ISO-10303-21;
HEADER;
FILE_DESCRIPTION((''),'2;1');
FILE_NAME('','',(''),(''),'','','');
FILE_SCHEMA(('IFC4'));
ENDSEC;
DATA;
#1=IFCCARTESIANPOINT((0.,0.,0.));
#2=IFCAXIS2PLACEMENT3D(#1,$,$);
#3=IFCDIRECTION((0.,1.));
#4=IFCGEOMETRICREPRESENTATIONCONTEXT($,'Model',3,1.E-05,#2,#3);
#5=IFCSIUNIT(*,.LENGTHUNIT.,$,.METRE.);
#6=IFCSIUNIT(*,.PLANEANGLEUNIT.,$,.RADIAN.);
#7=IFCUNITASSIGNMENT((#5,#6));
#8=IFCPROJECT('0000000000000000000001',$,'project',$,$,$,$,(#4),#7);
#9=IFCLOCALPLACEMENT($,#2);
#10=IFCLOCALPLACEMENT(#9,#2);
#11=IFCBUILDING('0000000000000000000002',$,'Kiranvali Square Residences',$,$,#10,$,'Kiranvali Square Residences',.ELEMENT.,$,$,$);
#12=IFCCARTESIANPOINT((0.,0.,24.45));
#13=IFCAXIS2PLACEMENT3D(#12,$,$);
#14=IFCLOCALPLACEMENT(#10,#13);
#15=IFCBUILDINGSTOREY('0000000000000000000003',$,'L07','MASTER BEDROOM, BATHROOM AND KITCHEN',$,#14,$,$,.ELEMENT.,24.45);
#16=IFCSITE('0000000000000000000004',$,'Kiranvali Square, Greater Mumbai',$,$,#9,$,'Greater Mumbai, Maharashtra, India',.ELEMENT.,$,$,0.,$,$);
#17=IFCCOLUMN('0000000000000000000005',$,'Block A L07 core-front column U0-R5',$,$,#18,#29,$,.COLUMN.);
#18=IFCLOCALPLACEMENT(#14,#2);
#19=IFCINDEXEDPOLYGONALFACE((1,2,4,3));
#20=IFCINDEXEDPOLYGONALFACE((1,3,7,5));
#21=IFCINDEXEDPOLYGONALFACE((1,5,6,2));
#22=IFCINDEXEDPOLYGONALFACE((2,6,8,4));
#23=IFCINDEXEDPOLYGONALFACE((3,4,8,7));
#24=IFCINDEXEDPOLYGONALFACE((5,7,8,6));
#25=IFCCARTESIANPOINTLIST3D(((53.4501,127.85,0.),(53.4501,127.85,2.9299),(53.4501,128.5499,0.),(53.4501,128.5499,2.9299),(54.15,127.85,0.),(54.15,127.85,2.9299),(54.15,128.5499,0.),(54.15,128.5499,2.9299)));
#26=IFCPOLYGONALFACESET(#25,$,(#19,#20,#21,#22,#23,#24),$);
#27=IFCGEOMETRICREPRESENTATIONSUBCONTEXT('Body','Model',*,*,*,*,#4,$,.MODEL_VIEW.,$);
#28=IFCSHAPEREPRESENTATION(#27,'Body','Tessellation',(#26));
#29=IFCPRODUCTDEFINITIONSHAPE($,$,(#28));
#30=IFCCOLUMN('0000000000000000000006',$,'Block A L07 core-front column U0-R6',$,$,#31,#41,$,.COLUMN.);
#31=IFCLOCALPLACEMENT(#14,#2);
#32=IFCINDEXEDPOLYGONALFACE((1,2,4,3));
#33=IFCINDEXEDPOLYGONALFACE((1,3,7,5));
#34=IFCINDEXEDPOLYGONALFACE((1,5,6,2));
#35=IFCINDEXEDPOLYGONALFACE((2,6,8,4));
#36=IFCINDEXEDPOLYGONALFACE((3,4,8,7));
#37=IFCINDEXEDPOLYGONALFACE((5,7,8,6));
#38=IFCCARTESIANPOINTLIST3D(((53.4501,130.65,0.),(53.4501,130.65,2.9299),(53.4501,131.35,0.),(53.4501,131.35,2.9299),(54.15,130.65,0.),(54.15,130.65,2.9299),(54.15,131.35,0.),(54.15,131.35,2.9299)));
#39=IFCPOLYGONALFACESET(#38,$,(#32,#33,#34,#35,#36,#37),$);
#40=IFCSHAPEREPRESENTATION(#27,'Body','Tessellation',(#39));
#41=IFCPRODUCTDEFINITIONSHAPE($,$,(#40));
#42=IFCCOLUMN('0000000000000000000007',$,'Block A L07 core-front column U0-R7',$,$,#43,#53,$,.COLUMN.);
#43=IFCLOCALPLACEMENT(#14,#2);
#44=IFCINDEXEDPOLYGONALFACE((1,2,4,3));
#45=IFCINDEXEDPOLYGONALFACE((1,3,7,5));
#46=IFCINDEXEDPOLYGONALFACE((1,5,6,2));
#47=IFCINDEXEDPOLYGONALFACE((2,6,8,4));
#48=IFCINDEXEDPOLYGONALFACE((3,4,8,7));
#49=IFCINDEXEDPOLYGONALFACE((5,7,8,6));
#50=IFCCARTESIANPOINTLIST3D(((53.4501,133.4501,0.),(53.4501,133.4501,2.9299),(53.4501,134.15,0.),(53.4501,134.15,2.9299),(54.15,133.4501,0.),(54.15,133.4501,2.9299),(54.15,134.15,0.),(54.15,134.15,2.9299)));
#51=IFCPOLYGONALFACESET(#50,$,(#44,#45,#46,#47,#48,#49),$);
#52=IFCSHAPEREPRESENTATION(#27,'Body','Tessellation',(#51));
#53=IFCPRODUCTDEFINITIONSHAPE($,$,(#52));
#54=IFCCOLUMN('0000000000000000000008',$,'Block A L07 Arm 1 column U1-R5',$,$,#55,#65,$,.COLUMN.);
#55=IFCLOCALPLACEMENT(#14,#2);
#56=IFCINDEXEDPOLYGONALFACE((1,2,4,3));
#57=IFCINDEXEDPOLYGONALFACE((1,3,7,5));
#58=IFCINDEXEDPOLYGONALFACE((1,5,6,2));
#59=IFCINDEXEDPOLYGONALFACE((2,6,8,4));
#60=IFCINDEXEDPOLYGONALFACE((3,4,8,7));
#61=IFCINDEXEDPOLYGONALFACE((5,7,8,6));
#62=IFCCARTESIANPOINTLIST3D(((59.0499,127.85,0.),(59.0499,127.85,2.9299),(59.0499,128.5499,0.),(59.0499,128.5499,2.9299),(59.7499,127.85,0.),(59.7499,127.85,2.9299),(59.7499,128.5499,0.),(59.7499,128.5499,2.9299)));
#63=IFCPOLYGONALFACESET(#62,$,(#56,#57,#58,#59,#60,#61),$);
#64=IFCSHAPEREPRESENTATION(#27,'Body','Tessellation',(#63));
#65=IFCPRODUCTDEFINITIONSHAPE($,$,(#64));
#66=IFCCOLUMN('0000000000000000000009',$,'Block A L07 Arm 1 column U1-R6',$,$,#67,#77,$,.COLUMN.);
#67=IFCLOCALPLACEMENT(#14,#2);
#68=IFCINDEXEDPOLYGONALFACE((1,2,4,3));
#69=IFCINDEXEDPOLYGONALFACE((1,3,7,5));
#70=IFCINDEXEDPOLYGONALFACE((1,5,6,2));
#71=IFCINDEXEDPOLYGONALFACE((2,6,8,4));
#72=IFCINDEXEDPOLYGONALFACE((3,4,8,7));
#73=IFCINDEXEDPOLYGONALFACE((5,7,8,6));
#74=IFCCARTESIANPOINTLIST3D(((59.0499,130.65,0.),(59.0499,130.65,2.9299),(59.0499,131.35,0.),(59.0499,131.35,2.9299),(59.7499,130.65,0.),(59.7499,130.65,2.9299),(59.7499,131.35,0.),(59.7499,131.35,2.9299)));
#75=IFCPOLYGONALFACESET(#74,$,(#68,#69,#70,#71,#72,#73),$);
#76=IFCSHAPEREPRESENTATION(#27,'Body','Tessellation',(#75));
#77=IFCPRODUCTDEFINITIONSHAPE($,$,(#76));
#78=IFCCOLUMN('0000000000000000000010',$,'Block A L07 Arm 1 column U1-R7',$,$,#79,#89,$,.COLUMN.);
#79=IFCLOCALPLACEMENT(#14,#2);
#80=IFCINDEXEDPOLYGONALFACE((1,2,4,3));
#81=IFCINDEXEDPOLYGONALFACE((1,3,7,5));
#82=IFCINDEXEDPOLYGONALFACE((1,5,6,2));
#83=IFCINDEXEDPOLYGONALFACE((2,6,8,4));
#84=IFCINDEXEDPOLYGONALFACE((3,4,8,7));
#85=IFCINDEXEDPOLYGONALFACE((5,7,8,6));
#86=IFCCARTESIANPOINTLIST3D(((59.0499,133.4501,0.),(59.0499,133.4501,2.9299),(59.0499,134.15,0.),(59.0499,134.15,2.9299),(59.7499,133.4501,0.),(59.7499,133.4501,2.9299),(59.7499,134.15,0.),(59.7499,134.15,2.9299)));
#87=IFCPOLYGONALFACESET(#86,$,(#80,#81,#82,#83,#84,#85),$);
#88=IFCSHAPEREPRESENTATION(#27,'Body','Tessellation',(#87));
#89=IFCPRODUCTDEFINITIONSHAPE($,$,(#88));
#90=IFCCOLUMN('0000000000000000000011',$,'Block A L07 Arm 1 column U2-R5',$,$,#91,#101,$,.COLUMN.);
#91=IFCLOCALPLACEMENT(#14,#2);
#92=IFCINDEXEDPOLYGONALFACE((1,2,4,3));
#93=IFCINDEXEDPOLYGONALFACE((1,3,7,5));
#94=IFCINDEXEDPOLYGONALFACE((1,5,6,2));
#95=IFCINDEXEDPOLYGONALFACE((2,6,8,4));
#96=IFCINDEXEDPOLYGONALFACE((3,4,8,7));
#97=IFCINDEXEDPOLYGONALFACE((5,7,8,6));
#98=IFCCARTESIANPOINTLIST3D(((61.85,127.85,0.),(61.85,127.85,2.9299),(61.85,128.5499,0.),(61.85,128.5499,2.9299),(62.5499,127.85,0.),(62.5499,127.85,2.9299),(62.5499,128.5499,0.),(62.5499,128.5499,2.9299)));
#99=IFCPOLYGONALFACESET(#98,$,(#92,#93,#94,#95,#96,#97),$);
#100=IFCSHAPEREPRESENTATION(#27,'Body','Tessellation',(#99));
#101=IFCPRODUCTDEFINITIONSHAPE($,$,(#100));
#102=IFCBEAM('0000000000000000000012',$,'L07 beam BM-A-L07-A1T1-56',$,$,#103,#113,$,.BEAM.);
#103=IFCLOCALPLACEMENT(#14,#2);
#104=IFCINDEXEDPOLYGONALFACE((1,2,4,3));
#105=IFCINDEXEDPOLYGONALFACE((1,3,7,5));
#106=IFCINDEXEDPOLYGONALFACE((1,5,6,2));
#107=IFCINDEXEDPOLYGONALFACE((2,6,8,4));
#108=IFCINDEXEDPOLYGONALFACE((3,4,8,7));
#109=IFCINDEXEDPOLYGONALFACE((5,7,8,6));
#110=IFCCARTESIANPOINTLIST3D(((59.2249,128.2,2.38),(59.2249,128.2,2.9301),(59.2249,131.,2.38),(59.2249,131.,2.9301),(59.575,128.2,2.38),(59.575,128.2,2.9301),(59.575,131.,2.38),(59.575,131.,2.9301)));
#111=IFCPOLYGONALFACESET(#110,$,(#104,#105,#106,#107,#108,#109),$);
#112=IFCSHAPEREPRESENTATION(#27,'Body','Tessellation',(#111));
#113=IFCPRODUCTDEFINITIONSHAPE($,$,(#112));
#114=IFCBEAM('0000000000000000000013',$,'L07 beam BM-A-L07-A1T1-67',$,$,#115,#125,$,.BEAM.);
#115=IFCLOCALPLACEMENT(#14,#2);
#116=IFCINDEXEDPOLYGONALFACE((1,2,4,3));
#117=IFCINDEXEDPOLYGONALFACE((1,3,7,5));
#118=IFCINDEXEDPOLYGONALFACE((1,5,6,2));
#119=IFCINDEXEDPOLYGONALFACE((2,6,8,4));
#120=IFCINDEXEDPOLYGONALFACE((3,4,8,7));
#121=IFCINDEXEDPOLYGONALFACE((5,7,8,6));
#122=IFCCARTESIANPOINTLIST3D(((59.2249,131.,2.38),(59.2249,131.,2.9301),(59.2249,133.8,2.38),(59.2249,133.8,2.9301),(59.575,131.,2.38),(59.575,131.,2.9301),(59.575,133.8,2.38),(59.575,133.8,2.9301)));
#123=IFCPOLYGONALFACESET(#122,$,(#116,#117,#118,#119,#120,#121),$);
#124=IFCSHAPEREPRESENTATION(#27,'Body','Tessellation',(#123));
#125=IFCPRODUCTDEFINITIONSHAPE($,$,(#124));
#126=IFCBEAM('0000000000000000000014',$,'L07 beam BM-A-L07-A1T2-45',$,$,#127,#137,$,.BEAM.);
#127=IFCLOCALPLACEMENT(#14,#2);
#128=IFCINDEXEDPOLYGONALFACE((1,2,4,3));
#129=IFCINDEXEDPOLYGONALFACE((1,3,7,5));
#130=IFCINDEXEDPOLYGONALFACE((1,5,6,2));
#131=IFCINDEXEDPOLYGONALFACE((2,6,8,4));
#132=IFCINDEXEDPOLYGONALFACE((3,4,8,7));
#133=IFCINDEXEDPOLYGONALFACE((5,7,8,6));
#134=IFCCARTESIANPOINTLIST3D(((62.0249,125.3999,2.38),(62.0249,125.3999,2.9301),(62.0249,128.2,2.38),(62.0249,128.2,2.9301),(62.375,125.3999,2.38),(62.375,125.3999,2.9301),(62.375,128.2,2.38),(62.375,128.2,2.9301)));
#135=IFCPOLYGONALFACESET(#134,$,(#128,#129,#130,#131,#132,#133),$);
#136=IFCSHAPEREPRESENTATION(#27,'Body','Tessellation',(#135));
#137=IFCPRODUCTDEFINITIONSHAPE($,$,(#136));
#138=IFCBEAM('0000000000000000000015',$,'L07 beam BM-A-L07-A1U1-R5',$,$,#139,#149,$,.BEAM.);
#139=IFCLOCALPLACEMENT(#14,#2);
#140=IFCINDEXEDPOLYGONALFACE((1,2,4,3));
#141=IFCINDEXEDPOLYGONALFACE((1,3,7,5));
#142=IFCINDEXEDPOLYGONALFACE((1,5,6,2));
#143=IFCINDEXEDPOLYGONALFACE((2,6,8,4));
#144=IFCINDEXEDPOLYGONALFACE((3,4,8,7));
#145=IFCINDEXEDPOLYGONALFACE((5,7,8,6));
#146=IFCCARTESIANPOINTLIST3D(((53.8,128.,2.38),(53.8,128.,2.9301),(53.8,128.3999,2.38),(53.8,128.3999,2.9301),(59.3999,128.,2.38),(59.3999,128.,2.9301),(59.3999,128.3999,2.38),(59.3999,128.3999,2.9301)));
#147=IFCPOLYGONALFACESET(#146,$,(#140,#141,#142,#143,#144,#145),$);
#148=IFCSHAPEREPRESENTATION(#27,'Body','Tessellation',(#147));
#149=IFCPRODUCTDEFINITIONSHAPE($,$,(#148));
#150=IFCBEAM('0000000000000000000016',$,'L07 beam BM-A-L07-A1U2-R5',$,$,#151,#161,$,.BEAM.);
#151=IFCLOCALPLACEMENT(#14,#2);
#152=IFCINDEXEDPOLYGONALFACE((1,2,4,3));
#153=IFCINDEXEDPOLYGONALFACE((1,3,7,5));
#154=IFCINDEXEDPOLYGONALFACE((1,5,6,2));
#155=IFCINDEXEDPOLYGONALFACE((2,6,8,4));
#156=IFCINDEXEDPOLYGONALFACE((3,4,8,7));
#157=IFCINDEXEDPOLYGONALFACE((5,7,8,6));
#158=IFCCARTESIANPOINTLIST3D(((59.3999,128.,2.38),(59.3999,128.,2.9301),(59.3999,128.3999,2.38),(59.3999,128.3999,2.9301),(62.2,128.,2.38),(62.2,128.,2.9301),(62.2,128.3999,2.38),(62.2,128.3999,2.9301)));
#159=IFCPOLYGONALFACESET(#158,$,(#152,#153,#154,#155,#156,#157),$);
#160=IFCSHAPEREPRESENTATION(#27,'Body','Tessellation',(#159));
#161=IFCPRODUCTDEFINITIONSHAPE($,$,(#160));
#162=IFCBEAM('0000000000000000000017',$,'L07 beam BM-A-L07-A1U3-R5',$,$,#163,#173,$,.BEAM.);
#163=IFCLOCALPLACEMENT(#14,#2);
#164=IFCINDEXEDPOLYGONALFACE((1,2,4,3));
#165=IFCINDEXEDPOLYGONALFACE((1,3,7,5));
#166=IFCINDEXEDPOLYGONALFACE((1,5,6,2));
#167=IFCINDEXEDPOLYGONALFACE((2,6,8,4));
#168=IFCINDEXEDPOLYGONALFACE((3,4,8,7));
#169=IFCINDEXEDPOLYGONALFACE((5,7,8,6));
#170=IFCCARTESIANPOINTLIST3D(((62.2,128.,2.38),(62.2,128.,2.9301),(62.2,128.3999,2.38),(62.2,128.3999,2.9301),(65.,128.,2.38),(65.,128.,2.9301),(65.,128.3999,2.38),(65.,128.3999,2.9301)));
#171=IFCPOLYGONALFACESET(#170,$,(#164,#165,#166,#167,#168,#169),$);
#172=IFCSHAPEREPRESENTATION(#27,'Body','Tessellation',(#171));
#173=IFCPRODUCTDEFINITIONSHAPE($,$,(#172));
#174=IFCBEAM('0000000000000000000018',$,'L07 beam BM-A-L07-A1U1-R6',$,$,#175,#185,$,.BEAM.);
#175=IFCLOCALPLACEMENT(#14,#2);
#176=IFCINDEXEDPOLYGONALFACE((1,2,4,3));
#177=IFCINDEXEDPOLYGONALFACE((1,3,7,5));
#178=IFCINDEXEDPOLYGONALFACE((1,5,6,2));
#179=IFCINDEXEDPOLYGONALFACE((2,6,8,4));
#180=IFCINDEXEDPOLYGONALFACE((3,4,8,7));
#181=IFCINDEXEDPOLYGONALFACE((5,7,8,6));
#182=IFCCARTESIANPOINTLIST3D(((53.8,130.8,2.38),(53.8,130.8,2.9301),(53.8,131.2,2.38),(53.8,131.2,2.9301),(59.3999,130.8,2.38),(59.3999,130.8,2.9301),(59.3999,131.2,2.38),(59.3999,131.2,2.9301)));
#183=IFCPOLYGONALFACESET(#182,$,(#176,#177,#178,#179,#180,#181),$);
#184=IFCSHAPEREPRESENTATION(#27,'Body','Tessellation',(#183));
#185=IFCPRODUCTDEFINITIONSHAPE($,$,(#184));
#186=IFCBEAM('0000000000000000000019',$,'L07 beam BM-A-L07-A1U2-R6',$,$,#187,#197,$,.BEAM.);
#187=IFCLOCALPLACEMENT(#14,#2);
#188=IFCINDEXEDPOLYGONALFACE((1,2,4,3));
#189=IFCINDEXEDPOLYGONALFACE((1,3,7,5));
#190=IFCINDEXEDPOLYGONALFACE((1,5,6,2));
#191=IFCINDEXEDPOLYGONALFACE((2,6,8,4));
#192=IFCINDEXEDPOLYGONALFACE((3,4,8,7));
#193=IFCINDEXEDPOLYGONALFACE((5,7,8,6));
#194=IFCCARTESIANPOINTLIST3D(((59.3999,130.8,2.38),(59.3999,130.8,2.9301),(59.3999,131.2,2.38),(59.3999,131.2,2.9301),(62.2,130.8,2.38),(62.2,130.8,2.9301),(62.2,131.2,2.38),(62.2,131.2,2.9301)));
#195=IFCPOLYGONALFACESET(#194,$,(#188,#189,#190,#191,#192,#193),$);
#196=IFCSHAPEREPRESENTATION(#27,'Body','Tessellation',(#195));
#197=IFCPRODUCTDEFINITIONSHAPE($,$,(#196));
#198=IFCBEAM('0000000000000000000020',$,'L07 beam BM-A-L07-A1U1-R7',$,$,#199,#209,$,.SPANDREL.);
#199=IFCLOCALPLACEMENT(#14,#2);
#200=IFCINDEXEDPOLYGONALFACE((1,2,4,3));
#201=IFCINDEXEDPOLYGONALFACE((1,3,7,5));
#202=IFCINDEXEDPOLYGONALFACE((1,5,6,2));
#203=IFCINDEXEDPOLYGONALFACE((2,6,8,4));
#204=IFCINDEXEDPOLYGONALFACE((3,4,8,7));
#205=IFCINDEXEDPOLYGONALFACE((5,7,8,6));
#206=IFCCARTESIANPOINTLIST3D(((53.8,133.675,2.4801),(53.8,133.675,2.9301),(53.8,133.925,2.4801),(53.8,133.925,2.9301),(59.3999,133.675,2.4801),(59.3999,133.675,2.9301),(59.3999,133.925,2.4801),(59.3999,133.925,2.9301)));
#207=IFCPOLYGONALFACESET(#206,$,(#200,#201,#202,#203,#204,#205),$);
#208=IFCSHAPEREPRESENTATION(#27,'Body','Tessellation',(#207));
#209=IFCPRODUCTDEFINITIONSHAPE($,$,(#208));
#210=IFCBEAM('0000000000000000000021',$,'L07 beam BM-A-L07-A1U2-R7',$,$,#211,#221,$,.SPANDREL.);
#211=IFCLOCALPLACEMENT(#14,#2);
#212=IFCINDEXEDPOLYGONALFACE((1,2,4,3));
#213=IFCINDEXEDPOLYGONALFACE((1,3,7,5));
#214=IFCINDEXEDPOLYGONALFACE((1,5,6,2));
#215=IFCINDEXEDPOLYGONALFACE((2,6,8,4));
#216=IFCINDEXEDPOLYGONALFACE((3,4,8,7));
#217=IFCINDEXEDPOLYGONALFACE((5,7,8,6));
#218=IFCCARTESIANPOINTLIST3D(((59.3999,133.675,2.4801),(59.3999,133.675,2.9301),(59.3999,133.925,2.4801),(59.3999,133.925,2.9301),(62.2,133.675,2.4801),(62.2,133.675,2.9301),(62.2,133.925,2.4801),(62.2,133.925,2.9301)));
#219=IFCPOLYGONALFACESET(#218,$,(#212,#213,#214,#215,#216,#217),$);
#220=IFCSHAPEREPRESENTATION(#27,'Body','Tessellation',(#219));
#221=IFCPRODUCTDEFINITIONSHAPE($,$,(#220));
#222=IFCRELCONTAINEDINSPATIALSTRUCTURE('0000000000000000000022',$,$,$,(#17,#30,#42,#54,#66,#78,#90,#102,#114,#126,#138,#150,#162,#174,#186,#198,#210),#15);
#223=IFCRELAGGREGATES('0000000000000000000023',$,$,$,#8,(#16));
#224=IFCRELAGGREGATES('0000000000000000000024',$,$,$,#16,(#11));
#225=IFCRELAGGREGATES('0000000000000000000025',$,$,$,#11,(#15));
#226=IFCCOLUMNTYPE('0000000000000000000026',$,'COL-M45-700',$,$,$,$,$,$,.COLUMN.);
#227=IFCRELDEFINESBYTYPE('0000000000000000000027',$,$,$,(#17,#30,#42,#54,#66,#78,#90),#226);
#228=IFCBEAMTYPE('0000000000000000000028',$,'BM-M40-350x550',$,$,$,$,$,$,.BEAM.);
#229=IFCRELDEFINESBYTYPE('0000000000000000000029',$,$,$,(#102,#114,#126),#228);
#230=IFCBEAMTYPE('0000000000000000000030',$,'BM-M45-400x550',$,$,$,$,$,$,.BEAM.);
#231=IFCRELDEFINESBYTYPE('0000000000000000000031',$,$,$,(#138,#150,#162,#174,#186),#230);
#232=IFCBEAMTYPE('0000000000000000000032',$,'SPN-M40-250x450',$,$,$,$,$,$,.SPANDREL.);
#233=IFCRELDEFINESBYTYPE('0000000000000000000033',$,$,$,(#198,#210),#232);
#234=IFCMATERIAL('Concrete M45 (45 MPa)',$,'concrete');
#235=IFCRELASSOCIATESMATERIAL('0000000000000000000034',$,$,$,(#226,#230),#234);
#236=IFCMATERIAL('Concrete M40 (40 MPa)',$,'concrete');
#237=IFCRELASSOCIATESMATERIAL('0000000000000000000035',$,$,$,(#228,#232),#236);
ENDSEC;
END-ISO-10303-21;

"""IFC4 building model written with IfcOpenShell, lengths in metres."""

from ifc_helpers import new_model, si_unit, direction, frame, origin, origin_2d, place, context, subcontext, project, spatial, rectangle, extrude, material, material_profile, profile_set, type_object, element, save


model = new_model("IFC4")

# Units and contexts
model_context = context("Model", 3, precision=1e-05, world=origin(), true_north=direction((0.0, 1.0)))
body_context = subcontext(model_context, "Body", "Model", "MODEL_VIEW")
ifc_project = project(units=[si_unit("LENGTHUNIT", "METRE"), si_unit("PLANEANGLEUNIT", "RADIAN")], contexts=[model_context])

# Site, building, storey
site_placement = place(None, origin())
site = spatial("IfcSite", under=ifc_project, at=site_placement, Name="Kiranvali Square, Greater Mumbai", LongName="Greater Mumbai, Maharashtra, India", CompositionType="ELEMENT", RefElevation=0.0)
building_placement = place(site_placement, origin())
building = spatial("IfcBuilding", under=site, at=building_placement, Name="Kiranvali Square Residences", LongName="Kiranvali Square Residences", CompositionType="ELEMENT")
storey_placement = place(building_placement, frame((0.0, 0.0, 24.45)))
storey = spatial("IfcBuildingStorey", under=building, at=storey_placement, Name="L07", Description="MASTER BEDROOM, BATHROOM AND KITCHEN", CompositionType="ELEMENT", Elevation=24.45)

# Columns
ifc_material_1 = material(Name="Concrete M45 (45 MPa)", Category="concrete")
ifc_material_profile_1 = material_profile(ifc_material_1, rectangle(XDim=0.7, YDim=0.7, at=origin_2d()), Name="RC 700x700")
ifc_profile_set_1 = profile_set([ifc_material_profile_1], Name="Concrete M45 (45 MPa)")
column_type = type_object("IfcColumnType", Name="COL-M45-700", PredefinedType="COLUMN", material=ifc_profile_set_1)
for number, where, z_axis, x_axis, name in (
    (1, (53.8, 128.2, 0.0), (0.0, 0.0, 1.0), (1.0, 0.0, 0.0), "Block A L07 core-front column U0-R5"),
    (2, (53.8, 131.0, 0.0), (0.0, 0.0, 1.0), (1.0, 0.0, 0.0), "Block A L07 core-front column U0-R6"),
    (3, (53.8, 133.8, 0.0), (0.0, 0.0, 1.0), (1.0, 0.0, 0.0), "Block A L07 core-front column U0-R7"),
    (4, (59.3999, 128.2, 0.0), (0.0, 0.0, 1.0), (1.0, 0.0, 0.0), "Block A L07 Arm 1 column U1-R5"),
    (5, (59.3999, 131.0, 0.0), (0.0, 0.0, 1.0), (1.0, 0.0, 0.0), "Block A L07 Arm 1 column U1-R6"),
    (6, (59.3999, 133.8, 0.0), (0.0, 0.0, 1.0), (1.0, 0.0, 0.0), "Block A L07 Arm 1 column U1-R7"),
    (7, (62.2, 128.2, 0.0), (0.0, 0.0, 1.0), (1.0, 0.0, 0.0), "Block A L07 Arm 1 column U2-R5"),
):
    element("IfcColumn", number, at=place(storey_placement, frame(where, z_axis=z_axis, x_axis=x_axis)), inside=storey, type_object=column_type, Name=name, PredefinedType="COLUMN", context=body_context, shape_type="SweptSolid", body=[
        extrude(rectangle(XDim=0.7, YDim=0.7, at=origin_2d()), origin(), (0.0, 0.0, 1.0), 2.9299),
    ])

# Beams
ifc_material_2 = material(Name="Concrete M40 (40 MPa)", Category="concrete")
ifc_material_profile_2 = material_profile(ifc_material_2, rectangle(XDim=0.3501, YDim=0.55, at=origin_2d()), Name="RC 350x550")
ifc_profile_set_2 = profile_set([ifc_material_profile_2], Name="Concrete M40 (40 MPa)")
beam_type_1 = type_object("IfcBeamType", Name="BM-M40-350x550", PredefinedType="BEAM", material=ifc_profile_set_2)
for number, where, z_axis, x_axis, name in (
    (8, (59.3999, 128.2, 2.655), (0.0, 1.0, 0.0), (-1.0, 0.0, 0.0), "L07 beam BM-A-L07-A1T1-56"),
    (9, (59.3999, 131.0, 2.655), (0.0, 1.0, 0.0), (-1.0, 0.0, 0.0), "L07 beam BM-A-L07-A1T1-67"),
    (10, (62.2, 125.3999, 2.655), (0.0, 1.0, 0.0), (-1.0, 0.0, 0.0), "L07 beam BM-A-L07-A1T2-45"),
):
    element("IfcBeam", number, at=place(storey_placement, frame(where, z_axis=z_axis, x_axis=x_axis)), inside=storey, type_object=beam_type_1, Name=name, PredefinedType="BEAM", context=body_context, shape_type="SweptSolid", body=[
        extrude(rectangle(XDim=0.3501, YDim=0.55, at=origin_2d()), origin(), (0.0, 0.0, 1.0), 2.8),
    ])
ifc_material_profile_3 = material_profile(ifc_material_1, rectangle(XDim=0.3999, YDim=0.55, at=origin_2d()), Name="RC 400x550")
ifc_profile_set_3 = profile_set([ifc_material_profile_3], Name="Concrete M45 (45 MPa)")
beam_type_2 = type_object("IfcBeamType", Name="BM-M45-400x550", PredefinedType="BEAM", material=ifc_profile_set_3)
beam_1_placement = place(storey_placement, frame((53.8, 128.2, 2.655), z_axis=(1.0, 0.0, 0.0), x_axis=(0.0, 1.0, 0.0)))
element("IfcBeam", 11, at=beam_1_placement, inside=storey, type_object=beam_type_2, Name="L07 beam BM-A-L07-A1U1-R5", PredefinedType="BEAM", context=body_context, shape_type="SweptSolid", body=[
    extrude(rectangle(XDim=0.3999, YDim=0.55, at=origin_2d()), origin(), (0.0, 0.0, 1.0), 5.5999),
])
for number, where, z_axis, x_axis, name in (
    (12, (59.3999, 128.2, 2.655), (1.0, 0.0, 0.0), (0.0, 1.0, 0.0), "L07 beam BM-A-L07-A1U2-R5"),
    (13, (62.2, 128.2, 2.655), (1.0, 0.0, 0.0), (0.0, 1.0, 0.0), "L07 beam BM-A-L07-A1U3-R5"),
):
    element("IfcBeam", number, at=place(storey_placement, frame(where, z_axis=z_axis, x_axis=x_axis)), inside=storey, type_object=beam_type_2, Name=name, PredefinedType="BEAM", context=body_context, shape_type="SweptSolid", body=[
        extrude(rectangle(XDim=0.3999, YDim=0.55, at=origin_2d()), origin(), (0.0, 0.0, 1.0), 2.8),
    ])
beam_2_placement = place(storey_placement, frame((53.8, 131.0, 2.655), z_axis=(1.0, 0.0, 0.0), x_axis=(0.0, 1.0, 0.0)))
element("IfcBeam", 14, at=beam_2_placement, inside=storey, type_object=beam_type_2, Name="L07 beam BM-A-L07-A1U1-R6", PredefinedType="BEAM", context=body_context, shape_type="SweptSolid", body=[
    extrude(rectangle(XDim=0.3999, YDim=0.55, at=origin_2d()), origin(), (0.0, 0.0, 1.0), 5.5999),
])
beam_3_placement = place(storey_placement, frame((59.3999, 131.0, 2.655), z_axis=(1.0, 0.0, 0.0), x_axis=(0.0, 1.0, 0.0)))
element("IfcBeam", 15, at=beam_3_placement, inside=storey, type_object=beam_type_2, Name="L07 beam BM-A-L07-A1U2-R6", PredefinedType="BEAM", context=body_context, shape_type="SweptSolid", body=[
    extrude(rectangle(XDim=0.3999, YDim=0.55, at=origin_2d()), origin(), (0.0, 0.0, 1.0), 2.8),
])
ifc_material_profile_4 = material_profile(ifc_material_2, rectangle(XDim=0.25, YDim=0.45, at=origin_2d()), Name="RC 250x450")
ifc_profile_set_4 = profile_set([ifc_material_profile_4], Name="Concrete M40 (40 MPa)")
beam_type_3 = type_object("IfcBeamType", Name="SPN-M40-250x450", PredefinedType="SPANDREL", material=ifc_profile_set_4)
beam_4_placement = place(storey_placement, frame((53.8, 133.8, 2.7051), z_axis=(1.0, 0.0, 0.0), x_axis=(0.0, 1.0, 0.0)))
element("IfcBeam", 16, at=beam_4_placement, inside=storey, type_object=beam_type_3, Name="L07 beam BM-A-L07-A1U1-R7", PredefinedType="SPANDREL", context=body_context, shape_type="SweptSolid", body=[
    extrude(rectangle(XDim=0.25, YDim=0.45, at=origin_2d()), origin(), (0.0, 0.0, 1.0), 5.5999),
])
beam_5_placement = place(storey_placement, frame((59.3999, 133.8, 2.7051), z_axis=(1.0, 0.0, 0.0), x_axis=(0.0, 1.0, 0.0)))
element("IfcBeam", 17, at=beam_5_placement, inside=storey, type_object=beam_type_3, Name="L07 beam BM-A-L07-A1U2-R7", PredefinedType="SPANDREL", context=body_context, shape_type="SweptSolid", body=[
    extrude(rectangle(XDim=0.25, YDim=0.45, at=origin_2d()), origin(), (0.0, 0.0, 1.0), 2.8),
])

save(model, "model.ifc")
